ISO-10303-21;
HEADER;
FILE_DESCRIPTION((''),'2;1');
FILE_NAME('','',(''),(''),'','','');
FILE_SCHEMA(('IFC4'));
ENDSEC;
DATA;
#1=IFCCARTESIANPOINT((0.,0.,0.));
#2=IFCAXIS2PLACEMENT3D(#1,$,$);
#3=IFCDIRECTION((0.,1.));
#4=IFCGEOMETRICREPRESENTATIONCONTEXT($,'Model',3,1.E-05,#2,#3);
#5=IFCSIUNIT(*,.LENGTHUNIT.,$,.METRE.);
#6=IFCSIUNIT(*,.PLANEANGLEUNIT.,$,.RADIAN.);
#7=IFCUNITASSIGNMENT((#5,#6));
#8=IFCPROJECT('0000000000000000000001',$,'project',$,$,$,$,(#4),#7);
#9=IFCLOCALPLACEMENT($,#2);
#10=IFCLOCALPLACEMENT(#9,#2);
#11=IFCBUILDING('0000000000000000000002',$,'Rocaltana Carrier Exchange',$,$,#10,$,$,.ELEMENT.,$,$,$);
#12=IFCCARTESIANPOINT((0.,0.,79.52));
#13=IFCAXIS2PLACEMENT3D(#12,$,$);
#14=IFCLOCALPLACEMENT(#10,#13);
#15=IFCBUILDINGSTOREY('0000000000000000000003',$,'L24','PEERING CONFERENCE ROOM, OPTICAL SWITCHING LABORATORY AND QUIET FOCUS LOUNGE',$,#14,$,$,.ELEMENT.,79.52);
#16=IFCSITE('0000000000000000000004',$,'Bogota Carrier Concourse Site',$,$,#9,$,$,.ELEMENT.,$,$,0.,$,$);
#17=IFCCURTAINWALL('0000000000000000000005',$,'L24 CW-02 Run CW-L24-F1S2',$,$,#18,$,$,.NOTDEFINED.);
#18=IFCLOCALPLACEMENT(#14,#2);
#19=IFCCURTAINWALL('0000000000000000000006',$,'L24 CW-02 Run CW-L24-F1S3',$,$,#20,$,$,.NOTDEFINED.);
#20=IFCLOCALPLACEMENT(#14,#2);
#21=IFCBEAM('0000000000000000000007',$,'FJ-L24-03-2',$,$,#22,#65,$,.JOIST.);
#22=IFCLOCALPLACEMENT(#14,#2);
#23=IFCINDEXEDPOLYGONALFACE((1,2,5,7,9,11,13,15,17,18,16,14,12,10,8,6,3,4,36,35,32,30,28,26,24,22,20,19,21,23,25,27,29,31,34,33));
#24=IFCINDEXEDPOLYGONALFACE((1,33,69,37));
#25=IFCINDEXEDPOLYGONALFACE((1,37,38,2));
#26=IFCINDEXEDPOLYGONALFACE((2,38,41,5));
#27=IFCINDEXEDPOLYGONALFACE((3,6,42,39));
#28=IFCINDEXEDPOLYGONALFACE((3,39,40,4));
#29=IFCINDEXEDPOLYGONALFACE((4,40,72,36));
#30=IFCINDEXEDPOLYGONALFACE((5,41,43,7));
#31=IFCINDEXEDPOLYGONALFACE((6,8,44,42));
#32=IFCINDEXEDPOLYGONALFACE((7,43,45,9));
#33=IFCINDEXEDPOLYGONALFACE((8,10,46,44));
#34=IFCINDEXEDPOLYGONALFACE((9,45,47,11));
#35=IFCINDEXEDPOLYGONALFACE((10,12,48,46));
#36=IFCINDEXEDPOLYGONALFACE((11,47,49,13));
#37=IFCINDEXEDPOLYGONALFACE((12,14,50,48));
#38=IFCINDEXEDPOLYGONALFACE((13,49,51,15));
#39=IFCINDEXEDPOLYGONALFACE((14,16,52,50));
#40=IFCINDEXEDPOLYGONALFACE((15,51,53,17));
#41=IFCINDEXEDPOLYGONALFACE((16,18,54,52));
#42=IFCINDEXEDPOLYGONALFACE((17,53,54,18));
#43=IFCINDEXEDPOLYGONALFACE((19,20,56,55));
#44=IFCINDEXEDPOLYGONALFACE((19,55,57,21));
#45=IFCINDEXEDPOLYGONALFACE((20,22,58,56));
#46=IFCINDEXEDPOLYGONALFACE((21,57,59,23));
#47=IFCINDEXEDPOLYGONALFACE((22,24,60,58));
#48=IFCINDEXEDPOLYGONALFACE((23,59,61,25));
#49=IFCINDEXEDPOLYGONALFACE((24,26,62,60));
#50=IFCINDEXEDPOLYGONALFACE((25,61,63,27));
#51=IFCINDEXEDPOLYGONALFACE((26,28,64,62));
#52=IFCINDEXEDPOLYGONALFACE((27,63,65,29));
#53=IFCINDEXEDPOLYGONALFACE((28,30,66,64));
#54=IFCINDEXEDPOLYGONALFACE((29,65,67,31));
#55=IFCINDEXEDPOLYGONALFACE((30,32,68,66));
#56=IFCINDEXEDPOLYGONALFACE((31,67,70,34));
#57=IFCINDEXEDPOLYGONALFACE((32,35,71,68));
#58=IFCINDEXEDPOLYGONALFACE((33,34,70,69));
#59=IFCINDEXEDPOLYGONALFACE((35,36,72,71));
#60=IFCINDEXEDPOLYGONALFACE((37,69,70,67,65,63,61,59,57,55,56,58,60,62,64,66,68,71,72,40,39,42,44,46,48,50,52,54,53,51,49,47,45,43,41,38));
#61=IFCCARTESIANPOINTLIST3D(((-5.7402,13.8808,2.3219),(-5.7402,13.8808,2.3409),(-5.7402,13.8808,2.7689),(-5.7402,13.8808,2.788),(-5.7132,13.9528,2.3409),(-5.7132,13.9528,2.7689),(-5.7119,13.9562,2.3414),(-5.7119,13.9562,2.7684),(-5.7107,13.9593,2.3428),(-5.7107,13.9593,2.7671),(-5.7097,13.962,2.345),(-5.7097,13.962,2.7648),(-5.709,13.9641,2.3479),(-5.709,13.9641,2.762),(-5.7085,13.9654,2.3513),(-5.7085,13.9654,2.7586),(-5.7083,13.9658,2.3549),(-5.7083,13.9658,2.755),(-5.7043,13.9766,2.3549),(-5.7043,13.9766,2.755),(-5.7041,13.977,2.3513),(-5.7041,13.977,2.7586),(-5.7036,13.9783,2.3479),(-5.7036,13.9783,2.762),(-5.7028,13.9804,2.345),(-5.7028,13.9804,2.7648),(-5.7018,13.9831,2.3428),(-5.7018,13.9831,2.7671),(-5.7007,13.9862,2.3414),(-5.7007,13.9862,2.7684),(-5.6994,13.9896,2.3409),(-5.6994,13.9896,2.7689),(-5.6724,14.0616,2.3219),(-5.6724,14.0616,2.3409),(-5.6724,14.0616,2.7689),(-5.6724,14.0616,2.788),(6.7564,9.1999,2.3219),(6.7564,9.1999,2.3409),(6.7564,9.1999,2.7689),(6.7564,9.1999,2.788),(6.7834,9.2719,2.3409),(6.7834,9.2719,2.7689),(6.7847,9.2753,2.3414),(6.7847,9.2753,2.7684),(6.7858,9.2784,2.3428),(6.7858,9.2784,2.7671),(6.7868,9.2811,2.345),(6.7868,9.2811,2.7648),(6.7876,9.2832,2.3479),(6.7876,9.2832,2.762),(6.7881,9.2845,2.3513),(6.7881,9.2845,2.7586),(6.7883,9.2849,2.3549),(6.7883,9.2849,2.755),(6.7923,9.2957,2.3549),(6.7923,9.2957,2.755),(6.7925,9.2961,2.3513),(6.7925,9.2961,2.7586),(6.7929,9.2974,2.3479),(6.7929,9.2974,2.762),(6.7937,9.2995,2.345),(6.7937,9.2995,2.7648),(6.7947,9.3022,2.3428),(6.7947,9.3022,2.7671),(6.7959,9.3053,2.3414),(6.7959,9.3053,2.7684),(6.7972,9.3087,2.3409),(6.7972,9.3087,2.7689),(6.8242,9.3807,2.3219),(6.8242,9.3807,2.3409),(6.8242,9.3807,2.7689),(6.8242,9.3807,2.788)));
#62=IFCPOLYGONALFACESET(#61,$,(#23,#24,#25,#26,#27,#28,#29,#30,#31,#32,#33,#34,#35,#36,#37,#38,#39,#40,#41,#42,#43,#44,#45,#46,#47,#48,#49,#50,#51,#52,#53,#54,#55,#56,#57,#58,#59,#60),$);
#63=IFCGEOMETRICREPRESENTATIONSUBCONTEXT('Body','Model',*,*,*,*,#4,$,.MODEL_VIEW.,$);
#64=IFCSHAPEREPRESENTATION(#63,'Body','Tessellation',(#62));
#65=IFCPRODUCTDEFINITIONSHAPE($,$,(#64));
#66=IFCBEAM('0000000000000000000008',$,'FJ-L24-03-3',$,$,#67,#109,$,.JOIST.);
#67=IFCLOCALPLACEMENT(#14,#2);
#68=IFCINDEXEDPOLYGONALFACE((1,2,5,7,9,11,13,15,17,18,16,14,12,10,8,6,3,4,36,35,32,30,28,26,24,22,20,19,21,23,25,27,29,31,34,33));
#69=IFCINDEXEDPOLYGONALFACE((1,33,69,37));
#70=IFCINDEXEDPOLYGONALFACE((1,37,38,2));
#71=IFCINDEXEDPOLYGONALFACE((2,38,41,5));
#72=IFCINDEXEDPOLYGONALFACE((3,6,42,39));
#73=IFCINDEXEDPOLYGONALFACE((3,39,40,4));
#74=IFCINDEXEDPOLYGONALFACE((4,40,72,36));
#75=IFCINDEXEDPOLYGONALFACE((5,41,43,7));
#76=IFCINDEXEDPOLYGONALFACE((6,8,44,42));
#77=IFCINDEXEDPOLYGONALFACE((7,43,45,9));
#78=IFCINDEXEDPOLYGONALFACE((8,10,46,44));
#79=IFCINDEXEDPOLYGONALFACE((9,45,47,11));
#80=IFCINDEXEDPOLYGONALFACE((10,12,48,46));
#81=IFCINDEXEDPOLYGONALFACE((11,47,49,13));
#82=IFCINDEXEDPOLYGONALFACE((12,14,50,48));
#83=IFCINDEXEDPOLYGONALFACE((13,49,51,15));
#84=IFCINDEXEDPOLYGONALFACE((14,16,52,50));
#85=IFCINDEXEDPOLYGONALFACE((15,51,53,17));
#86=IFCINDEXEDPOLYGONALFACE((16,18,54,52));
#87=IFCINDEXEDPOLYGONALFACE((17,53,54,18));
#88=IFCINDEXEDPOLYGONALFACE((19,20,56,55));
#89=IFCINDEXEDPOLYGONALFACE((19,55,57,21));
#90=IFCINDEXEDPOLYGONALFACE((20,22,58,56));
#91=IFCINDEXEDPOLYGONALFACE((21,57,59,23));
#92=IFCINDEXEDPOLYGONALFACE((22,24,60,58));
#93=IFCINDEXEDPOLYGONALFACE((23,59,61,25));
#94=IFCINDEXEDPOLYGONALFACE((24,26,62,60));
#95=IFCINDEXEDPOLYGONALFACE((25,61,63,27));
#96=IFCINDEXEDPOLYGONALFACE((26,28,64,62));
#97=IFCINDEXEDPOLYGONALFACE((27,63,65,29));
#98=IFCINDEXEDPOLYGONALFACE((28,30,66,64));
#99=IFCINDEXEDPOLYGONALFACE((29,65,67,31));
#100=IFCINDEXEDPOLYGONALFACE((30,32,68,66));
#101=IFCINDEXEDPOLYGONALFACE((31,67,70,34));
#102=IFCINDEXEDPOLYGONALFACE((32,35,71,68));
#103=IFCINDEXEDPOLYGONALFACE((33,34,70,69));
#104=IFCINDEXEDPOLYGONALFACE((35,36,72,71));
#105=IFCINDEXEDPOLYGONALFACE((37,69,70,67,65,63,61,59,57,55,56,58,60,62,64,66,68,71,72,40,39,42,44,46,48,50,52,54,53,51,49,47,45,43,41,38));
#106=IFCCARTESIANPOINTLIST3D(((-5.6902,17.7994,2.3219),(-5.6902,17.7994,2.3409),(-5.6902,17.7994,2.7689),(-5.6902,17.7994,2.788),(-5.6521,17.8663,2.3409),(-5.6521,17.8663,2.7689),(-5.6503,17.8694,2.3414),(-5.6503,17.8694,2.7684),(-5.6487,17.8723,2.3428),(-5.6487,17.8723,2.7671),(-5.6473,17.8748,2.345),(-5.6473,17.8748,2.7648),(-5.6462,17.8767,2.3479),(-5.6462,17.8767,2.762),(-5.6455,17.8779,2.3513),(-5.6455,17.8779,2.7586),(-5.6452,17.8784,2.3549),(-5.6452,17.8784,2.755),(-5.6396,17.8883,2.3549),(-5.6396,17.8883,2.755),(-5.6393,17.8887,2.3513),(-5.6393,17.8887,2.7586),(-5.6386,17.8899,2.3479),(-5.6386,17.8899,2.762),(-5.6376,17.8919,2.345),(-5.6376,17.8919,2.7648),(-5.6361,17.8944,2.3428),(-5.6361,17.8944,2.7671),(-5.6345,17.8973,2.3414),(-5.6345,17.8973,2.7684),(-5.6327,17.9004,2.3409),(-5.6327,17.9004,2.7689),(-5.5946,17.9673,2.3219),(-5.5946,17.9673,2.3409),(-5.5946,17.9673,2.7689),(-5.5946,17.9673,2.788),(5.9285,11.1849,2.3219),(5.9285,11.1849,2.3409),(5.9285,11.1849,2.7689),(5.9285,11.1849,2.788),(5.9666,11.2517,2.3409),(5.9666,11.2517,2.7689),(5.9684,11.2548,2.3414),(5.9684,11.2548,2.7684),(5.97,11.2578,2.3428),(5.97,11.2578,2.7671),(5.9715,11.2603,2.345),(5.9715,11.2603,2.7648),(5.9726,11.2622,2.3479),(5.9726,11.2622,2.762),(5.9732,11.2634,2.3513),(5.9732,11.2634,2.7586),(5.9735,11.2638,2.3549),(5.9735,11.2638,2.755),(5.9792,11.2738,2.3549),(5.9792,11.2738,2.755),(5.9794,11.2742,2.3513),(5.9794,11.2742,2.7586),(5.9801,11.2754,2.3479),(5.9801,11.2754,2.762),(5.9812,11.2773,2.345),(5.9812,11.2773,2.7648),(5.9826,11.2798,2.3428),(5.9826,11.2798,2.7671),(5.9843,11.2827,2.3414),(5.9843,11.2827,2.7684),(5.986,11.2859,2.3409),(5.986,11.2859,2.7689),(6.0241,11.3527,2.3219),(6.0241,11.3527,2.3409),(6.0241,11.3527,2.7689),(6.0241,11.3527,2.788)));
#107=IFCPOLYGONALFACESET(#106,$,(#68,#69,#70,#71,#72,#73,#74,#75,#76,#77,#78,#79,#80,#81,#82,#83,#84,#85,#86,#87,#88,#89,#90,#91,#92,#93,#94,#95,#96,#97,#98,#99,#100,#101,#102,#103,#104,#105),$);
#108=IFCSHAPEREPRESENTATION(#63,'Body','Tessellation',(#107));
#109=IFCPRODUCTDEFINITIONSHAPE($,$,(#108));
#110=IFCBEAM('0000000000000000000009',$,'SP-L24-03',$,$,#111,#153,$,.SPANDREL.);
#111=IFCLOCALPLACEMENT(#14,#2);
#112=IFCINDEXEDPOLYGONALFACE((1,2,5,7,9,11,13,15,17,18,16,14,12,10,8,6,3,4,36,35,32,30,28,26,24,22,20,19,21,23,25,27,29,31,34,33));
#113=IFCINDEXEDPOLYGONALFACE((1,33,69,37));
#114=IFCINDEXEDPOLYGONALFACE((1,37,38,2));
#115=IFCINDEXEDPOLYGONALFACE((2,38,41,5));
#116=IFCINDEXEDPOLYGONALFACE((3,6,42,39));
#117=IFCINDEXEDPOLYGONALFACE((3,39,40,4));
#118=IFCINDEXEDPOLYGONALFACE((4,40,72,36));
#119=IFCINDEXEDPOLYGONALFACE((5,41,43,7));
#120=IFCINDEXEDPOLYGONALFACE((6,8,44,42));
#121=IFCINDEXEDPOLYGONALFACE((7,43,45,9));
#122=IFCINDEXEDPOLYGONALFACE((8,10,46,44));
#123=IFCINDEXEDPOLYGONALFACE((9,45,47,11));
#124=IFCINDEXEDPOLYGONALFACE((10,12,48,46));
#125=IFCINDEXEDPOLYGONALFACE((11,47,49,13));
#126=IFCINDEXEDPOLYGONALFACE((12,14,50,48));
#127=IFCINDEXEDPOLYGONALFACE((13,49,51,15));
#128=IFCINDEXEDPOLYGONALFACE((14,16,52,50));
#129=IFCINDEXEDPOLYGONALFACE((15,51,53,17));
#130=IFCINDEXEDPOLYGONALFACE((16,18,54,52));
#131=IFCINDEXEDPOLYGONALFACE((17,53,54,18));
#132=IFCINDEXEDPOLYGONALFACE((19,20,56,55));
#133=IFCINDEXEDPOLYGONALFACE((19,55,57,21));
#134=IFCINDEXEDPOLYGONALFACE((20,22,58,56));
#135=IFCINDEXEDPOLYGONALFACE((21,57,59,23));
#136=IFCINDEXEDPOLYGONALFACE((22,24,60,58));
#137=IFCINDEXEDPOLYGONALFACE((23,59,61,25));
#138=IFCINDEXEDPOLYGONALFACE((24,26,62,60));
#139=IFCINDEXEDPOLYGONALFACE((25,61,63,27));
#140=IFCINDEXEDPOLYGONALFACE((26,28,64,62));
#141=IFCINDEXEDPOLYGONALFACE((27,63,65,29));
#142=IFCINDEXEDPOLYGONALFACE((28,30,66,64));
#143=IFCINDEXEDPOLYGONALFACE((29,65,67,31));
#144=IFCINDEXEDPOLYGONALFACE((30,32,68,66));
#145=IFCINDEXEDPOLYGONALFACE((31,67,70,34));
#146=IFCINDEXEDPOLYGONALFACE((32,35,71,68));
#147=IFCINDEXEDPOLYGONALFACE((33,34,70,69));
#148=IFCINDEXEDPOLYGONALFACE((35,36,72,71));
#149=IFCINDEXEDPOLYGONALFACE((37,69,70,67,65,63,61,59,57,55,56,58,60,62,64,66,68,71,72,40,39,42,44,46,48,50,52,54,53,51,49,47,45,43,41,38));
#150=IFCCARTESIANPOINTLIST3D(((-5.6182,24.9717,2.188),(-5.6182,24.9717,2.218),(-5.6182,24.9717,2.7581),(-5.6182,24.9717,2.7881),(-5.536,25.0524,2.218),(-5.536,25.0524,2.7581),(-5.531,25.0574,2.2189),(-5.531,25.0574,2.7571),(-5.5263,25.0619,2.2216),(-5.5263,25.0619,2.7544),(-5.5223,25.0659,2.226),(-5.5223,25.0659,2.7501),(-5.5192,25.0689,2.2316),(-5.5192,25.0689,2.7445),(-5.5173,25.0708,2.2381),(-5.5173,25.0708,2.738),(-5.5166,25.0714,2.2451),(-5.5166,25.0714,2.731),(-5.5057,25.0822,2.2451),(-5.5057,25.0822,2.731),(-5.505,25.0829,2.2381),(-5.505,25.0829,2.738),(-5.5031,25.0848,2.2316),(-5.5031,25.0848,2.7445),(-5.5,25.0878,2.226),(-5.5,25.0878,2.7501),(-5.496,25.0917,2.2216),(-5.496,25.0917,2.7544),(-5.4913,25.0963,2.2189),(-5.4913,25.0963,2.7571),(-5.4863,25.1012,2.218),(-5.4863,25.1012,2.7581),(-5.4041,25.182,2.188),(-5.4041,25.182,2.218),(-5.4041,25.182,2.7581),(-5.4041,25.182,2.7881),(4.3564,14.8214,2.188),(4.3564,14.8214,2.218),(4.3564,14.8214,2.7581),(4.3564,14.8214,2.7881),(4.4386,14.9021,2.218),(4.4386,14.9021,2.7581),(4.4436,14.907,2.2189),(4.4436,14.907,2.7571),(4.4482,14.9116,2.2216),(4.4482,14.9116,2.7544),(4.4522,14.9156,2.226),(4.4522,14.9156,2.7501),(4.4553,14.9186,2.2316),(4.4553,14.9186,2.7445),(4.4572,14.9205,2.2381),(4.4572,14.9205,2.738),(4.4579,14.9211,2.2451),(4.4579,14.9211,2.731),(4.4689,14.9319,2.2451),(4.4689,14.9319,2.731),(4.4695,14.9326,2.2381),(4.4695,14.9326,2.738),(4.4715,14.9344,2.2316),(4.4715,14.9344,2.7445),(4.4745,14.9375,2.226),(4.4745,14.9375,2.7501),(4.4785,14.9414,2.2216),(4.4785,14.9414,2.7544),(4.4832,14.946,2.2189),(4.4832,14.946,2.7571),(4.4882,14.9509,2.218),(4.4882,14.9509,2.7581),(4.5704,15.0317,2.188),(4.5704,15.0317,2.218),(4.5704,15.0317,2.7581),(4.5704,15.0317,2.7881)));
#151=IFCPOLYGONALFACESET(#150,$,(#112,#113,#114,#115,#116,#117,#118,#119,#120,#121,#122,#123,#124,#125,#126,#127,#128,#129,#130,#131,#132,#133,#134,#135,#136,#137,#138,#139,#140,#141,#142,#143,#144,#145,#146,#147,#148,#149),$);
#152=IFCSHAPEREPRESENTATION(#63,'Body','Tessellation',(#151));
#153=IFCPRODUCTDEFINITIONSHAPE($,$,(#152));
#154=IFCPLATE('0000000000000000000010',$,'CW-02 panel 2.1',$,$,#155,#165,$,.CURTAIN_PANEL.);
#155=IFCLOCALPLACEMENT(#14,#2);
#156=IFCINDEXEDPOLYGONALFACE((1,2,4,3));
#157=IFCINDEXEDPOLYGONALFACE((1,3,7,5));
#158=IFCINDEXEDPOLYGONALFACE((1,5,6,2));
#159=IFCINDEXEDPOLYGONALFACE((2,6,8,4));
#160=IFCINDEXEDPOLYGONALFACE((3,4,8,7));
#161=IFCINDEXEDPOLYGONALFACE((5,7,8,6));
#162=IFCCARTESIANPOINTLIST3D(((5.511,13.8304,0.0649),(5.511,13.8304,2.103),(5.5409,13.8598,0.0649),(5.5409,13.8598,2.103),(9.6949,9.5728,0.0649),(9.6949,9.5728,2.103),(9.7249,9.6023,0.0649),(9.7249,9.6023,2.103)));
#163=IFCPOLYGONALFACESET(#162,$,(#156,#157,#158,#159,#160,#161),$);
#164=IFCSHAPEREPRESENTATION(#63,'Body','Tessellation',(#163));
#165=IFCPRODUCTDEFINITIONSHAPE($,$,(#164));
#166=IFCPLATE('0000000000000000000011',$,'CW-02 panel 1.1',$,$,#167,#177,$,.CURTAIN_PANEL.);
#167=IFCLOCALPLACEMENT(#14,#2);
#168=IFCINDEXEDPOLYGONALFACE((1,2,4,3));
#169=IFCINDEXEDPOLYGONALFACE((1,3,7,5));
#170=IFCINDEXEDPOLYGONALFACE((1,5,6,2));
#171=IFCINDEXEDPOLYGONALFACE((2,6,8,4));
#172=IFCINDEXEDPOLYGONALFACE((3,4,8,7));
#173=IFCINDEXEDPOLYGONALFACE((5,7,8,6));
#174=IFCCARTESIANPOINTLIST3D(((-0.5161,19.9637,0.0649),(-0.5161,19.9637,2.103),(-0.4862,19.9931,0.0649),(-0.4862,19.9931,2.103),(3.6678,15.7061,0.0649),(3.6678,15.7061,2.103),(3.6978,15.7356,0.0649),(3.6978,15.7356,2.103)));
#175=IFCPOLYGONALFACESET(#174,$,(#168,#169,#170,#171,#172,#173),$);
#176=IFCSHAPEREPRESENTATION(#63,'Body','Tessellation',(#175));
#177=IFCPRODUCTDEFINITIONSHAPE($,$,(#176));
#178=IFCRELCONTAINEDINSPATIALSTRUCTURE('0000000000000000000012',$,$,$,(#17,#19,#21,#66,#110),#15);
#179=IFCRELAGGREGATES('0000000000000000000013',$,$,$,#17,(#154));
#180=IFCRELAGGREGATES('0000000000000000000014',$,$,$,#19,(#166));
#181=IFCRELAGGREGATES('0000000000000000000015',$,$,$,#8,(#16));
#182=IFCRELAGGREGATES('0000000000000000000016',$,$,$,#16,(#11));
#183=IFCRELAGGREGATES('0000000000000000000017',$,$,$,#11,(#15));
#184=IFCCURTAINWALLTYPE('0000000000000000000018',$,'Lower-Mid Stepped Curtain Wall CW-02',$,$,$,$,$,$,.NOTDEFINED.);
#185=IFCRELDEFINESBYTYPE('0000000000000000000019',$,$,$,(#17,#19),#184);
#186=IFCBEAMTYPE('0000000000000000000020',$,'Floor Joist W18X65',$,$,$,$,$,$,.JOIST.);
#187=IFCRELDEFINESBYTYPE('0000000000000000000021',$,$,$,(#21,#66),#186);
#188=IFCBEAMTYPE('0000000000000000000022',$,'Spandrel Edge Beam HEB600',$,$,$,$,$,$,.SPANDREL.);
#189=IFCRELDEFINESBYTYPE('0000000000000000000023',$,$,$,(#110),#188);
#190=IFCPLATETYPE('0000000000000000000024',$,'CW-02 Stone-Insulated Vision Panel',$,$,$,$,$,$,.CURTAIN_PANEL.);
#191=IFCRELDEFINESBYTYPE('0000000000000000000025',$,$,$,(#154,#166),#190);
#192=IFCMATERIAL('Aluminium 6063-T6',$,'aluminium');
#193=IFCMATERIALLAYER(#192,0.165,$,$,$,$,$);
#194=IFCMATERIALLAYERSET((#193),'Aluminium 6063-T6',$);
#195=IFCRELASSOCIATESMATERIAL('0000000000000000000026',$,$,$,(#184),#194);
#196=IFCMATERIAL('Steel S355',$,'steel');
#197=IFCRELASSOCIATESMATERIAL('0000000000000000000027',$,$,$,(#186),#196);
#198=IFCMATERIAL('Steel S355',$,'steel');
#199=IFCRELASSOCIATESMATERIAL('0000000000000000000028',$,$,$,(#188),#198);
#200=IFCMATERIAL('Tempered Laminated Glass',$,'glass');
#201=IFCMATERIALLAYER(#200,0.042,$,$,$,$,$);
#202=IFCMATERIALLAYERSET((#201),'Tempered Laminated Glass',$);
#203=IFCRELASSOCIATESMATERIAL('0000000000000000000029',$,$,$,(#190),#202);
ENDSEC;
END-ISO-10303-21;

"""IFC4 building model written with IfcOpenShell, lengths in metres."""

from ifc_helpers import new_model, si_unit, direction, frame, origin, origin_2d, place, context, subcontext, project, spatial, rectangle, i_section, extrude, material, layer, layer_set, material_profile, profile_set, type_object, element, aggregate, save


model = new_model("IFC4")

# Units and contexts
model_context = context("Model", 3, precision=1e-05, world=origin(), true_north=direction((0.0, 1.0)))
body_context = subcontext(model_context, "Body", "Model", "MODEL_VIEW")
ifc_project = project(units=[si_unit("LENGTHUNIT", "METRE"), si_unit("PLANEANGLEUNIT", "RADIAN")], contexts=[model_context])

# Site, building, storey
site_placement = place(None, origin())
site = spatial("IfcSite", under=ifc_project, at=site_placement, Name="Bogota Carrier Concourse Site", CompositionType="ELEMENT", RefElevation=0.0)
building_placement = place(site_placement, origin())
building = spatial("IfcBuilding", under=site, at=building_placement, Name="Rocaltana Carrier Exchange", CompositionType="ELEMENT")
storey_placement = place(building_placement, frame((0.0, 0.0, 79.52)))
storey = spatial("IfcBuildingStorey", under=building, at=storey_placement, Name="L24", Description="PEERING CONFERENCE ROOM, OPTICAL SWITCHING LABORATORY AND QUIET FOCUS LOUNGE", CompositionType="ELEMENT", Elevation=79.52)

# Curtain walls
ifc_material_1 = material(Name="Aluminium 6063-T6", Category="aluminium")
ifc_layer_1 = layer(ifc_material_1, 0.165)
ifc_layer_set_1 = layer_set([ifc_layer_1], Name="Aluminium 6063-T6")
curtain_wall_type = type_object("IfcCurtainWallType", Name="Lower-Mid Stepped Curtain Wall CW-02", PredefinedType="NOTDEFINED", material=ifc_layer_set_1)
curtain_wall_1_placement = place(storey_placement, origin())
curtain_wall_1 = element("IfcCurtainWall", 1, at=curtain_wall_1_placement, inside=storey, type_object=curtain_wall_type, Name="L24 CW-02 Run CW-L24-F1S2", PredefinedType="NOTDEFINED")
curtain_wall_2_placement = place(storey_placement, origin())
curtain_wall_2 = element("IfcCurtainWall", 2, at=curtain_wall_2_placement, inside=storey, type_object=curtain_wall_type, Name="L24 CW-02 Run CW-L24-F1S3", PredefinedType="NOTDEFINED")

# Beams
ifc_material_2 = material(Name="Steel S355", Category="steel")
ifc_material_profile_1 = material_profile(ifc_material_2, i_section(OverallWidth=0.1931, OverallDepth=0.4661, WebThickness=0.0115, FlangeThickness=0.019, FilletRadius=0.0139, at=origin_2d()), Name="W18X65")
ifc_profile_set_1 = profile_set([ifc_material_profile_1], Name="Steel S355")
beam_type_1 = type_object("IfcBeamType", Name="Floor Joist W18X65", PredefinedType="JOIST", material=ifc_profile_set_1)
beam_1_placement = place(storey_placement, frame((6.7903, 9.2903, 2.5549), z_axis=(-0.93646, 0.350775, 0.0), x_axis=(-0.350775, -0.93646, 0.0)))
element("IfcBeam", 3, at=beam_1_placement, inside=storey, type_object=beam_type_1, Name="FJ-L24-03-2", PredefinedType="JOIST", context=body_context, shape_type="SweptSolid", body=[
    extrude(i_section(OverallWidth=0.1931, OverallDepth=0.4661, WebThickness=0.0115, FlangeThickness=0.019, FilletRadius=0.0139, at=origin_2d()), origin(), (0.0, 0.0, 1.0), 13.3445),
])
beam_2_placement = place(storey_placement, frame((5.9763, 11.2688, 2.5549), z_axis=(-0.869039, 0.494744, 0.0), x_axis=(-0.494744, -0.869039, 0.0)))
element("IfcBeam", 4, at=beam_2_placement, inside=storey, type_object=beam_type_1, Name="FJ-L24-03-3", PredefinedType="JOIST", context=body_context, shape_type="SweptSolid", body=[
    extrude(i_section(OverallWidth=0.1931, OverallDepth=0.4661, WebThickness=0.0115, FlangeThickness=0.019, FilletRadius=0.0139, at=origin_2d()), origin(), (0.0, 0.0, 1.0), 13.3696),
])
ifc_material_3 = material(Name="Steel S355", Category="steel")
ifc_material_profile_2 = material_profile(ifc_material_3, i_section(OverallWidth=0.3, OverallDepth=0.6001, WebThickness=0.0154, FlangeThickness=0.03, FilletRadius=0.0271, at=origin_2d()), Name="HEB600")
ifc_profile_set_2 = profile_set([ifc_material_profile_2], Name="Steel S355")
beam_type_2 = type_object("IfcBeamType", Name="Spandrel Edge Beam HEB600", PredefinedType="SPANDREL", material=ifc_profile_set_2)
beam_3_placement = place(storey_placement, frame((4.4634, 14.9265, 2.488), z_axis=(-0.700904, 0.713256, 0.0), x_axis=(-0.713256, -0.700904, 0.0)))
element("IfcBeam", 5, at=beam_3_placement, inside=storey, type_object=beam_type_2, Name="SP-L24-03", PredefinedType="SPANDREL", context=body_context, shape_type="SweptSolid", body=[
    extrude(i_section(OverallWidth=0.3, OverallDepth=0.6001, WebThickness=0.0154, FlangeThickness=0.03, FilletRadius=0.0271, at=origin_2d()), origin(), (0.0, 0.0, 1.0), 14.231),
])

# Plates
ifc_material_4 = material(Name="Tempered Laminated Glass", Category="glass")
ifc_layer_2 = layer(ifc_material_4, 0.042)
ifc_layer_set_2 = layer_set([ifc_layer_2], Name="Tempered Laminated Glass")
plate_type = type_object("IfcPlateType", Name="CW-02 Stone-Insulated Vision Panel", PredefinedType="CURTAIN_PANEL", material=ifc_layer_set_2)
plate_1_placement = place(storey_placement, frame((7.6179, 11.7163, 0.0649), z_axis=(0.0, 0.0, 1.0), x_axis=(-0.700915, 0.713245, 0.0)))
plate_1 = element("IfcPlate", 6, at=plate_1_placement, type_object=plate_type, Name="CW-02 panel 2.1", PredefinedType="CURTAIN_PANEL", context=body_context, shape_type="SweptSolid", body=[
    extrude(rectangle(XDim=5.9692, YDim=0.042, at=origin_2d()), origin(), (0.0, 0.0, 1.0), 2.0381),
])
aggregate(curtain_wall_1, [plate_1])
plate_2_placement = place(storey_placement, frame((1.5908, 17.8496, 0.0649), z_axis=(0.0, 0.0, 1.0), x_axis=(-0.700915, 0.713245, 0.0)))
plate_2 = element("IfcPlate", 7, at=plate_2_placement, type_object=plate_type, Name="CW-02 panel 1.1", PredefinedType="CURTAIN_PANEL", context=body_context, shape_type="SweptSolid", body=[
    extrude(rectangle(XDim=5.9692, YDim=0.042, at=origin_2d()), origin(), (0.0, 0.0, 1.0), 2.0381),
])
aggregate(curtain_wall_2, [plate_2])

save(model, "model.ifc")
